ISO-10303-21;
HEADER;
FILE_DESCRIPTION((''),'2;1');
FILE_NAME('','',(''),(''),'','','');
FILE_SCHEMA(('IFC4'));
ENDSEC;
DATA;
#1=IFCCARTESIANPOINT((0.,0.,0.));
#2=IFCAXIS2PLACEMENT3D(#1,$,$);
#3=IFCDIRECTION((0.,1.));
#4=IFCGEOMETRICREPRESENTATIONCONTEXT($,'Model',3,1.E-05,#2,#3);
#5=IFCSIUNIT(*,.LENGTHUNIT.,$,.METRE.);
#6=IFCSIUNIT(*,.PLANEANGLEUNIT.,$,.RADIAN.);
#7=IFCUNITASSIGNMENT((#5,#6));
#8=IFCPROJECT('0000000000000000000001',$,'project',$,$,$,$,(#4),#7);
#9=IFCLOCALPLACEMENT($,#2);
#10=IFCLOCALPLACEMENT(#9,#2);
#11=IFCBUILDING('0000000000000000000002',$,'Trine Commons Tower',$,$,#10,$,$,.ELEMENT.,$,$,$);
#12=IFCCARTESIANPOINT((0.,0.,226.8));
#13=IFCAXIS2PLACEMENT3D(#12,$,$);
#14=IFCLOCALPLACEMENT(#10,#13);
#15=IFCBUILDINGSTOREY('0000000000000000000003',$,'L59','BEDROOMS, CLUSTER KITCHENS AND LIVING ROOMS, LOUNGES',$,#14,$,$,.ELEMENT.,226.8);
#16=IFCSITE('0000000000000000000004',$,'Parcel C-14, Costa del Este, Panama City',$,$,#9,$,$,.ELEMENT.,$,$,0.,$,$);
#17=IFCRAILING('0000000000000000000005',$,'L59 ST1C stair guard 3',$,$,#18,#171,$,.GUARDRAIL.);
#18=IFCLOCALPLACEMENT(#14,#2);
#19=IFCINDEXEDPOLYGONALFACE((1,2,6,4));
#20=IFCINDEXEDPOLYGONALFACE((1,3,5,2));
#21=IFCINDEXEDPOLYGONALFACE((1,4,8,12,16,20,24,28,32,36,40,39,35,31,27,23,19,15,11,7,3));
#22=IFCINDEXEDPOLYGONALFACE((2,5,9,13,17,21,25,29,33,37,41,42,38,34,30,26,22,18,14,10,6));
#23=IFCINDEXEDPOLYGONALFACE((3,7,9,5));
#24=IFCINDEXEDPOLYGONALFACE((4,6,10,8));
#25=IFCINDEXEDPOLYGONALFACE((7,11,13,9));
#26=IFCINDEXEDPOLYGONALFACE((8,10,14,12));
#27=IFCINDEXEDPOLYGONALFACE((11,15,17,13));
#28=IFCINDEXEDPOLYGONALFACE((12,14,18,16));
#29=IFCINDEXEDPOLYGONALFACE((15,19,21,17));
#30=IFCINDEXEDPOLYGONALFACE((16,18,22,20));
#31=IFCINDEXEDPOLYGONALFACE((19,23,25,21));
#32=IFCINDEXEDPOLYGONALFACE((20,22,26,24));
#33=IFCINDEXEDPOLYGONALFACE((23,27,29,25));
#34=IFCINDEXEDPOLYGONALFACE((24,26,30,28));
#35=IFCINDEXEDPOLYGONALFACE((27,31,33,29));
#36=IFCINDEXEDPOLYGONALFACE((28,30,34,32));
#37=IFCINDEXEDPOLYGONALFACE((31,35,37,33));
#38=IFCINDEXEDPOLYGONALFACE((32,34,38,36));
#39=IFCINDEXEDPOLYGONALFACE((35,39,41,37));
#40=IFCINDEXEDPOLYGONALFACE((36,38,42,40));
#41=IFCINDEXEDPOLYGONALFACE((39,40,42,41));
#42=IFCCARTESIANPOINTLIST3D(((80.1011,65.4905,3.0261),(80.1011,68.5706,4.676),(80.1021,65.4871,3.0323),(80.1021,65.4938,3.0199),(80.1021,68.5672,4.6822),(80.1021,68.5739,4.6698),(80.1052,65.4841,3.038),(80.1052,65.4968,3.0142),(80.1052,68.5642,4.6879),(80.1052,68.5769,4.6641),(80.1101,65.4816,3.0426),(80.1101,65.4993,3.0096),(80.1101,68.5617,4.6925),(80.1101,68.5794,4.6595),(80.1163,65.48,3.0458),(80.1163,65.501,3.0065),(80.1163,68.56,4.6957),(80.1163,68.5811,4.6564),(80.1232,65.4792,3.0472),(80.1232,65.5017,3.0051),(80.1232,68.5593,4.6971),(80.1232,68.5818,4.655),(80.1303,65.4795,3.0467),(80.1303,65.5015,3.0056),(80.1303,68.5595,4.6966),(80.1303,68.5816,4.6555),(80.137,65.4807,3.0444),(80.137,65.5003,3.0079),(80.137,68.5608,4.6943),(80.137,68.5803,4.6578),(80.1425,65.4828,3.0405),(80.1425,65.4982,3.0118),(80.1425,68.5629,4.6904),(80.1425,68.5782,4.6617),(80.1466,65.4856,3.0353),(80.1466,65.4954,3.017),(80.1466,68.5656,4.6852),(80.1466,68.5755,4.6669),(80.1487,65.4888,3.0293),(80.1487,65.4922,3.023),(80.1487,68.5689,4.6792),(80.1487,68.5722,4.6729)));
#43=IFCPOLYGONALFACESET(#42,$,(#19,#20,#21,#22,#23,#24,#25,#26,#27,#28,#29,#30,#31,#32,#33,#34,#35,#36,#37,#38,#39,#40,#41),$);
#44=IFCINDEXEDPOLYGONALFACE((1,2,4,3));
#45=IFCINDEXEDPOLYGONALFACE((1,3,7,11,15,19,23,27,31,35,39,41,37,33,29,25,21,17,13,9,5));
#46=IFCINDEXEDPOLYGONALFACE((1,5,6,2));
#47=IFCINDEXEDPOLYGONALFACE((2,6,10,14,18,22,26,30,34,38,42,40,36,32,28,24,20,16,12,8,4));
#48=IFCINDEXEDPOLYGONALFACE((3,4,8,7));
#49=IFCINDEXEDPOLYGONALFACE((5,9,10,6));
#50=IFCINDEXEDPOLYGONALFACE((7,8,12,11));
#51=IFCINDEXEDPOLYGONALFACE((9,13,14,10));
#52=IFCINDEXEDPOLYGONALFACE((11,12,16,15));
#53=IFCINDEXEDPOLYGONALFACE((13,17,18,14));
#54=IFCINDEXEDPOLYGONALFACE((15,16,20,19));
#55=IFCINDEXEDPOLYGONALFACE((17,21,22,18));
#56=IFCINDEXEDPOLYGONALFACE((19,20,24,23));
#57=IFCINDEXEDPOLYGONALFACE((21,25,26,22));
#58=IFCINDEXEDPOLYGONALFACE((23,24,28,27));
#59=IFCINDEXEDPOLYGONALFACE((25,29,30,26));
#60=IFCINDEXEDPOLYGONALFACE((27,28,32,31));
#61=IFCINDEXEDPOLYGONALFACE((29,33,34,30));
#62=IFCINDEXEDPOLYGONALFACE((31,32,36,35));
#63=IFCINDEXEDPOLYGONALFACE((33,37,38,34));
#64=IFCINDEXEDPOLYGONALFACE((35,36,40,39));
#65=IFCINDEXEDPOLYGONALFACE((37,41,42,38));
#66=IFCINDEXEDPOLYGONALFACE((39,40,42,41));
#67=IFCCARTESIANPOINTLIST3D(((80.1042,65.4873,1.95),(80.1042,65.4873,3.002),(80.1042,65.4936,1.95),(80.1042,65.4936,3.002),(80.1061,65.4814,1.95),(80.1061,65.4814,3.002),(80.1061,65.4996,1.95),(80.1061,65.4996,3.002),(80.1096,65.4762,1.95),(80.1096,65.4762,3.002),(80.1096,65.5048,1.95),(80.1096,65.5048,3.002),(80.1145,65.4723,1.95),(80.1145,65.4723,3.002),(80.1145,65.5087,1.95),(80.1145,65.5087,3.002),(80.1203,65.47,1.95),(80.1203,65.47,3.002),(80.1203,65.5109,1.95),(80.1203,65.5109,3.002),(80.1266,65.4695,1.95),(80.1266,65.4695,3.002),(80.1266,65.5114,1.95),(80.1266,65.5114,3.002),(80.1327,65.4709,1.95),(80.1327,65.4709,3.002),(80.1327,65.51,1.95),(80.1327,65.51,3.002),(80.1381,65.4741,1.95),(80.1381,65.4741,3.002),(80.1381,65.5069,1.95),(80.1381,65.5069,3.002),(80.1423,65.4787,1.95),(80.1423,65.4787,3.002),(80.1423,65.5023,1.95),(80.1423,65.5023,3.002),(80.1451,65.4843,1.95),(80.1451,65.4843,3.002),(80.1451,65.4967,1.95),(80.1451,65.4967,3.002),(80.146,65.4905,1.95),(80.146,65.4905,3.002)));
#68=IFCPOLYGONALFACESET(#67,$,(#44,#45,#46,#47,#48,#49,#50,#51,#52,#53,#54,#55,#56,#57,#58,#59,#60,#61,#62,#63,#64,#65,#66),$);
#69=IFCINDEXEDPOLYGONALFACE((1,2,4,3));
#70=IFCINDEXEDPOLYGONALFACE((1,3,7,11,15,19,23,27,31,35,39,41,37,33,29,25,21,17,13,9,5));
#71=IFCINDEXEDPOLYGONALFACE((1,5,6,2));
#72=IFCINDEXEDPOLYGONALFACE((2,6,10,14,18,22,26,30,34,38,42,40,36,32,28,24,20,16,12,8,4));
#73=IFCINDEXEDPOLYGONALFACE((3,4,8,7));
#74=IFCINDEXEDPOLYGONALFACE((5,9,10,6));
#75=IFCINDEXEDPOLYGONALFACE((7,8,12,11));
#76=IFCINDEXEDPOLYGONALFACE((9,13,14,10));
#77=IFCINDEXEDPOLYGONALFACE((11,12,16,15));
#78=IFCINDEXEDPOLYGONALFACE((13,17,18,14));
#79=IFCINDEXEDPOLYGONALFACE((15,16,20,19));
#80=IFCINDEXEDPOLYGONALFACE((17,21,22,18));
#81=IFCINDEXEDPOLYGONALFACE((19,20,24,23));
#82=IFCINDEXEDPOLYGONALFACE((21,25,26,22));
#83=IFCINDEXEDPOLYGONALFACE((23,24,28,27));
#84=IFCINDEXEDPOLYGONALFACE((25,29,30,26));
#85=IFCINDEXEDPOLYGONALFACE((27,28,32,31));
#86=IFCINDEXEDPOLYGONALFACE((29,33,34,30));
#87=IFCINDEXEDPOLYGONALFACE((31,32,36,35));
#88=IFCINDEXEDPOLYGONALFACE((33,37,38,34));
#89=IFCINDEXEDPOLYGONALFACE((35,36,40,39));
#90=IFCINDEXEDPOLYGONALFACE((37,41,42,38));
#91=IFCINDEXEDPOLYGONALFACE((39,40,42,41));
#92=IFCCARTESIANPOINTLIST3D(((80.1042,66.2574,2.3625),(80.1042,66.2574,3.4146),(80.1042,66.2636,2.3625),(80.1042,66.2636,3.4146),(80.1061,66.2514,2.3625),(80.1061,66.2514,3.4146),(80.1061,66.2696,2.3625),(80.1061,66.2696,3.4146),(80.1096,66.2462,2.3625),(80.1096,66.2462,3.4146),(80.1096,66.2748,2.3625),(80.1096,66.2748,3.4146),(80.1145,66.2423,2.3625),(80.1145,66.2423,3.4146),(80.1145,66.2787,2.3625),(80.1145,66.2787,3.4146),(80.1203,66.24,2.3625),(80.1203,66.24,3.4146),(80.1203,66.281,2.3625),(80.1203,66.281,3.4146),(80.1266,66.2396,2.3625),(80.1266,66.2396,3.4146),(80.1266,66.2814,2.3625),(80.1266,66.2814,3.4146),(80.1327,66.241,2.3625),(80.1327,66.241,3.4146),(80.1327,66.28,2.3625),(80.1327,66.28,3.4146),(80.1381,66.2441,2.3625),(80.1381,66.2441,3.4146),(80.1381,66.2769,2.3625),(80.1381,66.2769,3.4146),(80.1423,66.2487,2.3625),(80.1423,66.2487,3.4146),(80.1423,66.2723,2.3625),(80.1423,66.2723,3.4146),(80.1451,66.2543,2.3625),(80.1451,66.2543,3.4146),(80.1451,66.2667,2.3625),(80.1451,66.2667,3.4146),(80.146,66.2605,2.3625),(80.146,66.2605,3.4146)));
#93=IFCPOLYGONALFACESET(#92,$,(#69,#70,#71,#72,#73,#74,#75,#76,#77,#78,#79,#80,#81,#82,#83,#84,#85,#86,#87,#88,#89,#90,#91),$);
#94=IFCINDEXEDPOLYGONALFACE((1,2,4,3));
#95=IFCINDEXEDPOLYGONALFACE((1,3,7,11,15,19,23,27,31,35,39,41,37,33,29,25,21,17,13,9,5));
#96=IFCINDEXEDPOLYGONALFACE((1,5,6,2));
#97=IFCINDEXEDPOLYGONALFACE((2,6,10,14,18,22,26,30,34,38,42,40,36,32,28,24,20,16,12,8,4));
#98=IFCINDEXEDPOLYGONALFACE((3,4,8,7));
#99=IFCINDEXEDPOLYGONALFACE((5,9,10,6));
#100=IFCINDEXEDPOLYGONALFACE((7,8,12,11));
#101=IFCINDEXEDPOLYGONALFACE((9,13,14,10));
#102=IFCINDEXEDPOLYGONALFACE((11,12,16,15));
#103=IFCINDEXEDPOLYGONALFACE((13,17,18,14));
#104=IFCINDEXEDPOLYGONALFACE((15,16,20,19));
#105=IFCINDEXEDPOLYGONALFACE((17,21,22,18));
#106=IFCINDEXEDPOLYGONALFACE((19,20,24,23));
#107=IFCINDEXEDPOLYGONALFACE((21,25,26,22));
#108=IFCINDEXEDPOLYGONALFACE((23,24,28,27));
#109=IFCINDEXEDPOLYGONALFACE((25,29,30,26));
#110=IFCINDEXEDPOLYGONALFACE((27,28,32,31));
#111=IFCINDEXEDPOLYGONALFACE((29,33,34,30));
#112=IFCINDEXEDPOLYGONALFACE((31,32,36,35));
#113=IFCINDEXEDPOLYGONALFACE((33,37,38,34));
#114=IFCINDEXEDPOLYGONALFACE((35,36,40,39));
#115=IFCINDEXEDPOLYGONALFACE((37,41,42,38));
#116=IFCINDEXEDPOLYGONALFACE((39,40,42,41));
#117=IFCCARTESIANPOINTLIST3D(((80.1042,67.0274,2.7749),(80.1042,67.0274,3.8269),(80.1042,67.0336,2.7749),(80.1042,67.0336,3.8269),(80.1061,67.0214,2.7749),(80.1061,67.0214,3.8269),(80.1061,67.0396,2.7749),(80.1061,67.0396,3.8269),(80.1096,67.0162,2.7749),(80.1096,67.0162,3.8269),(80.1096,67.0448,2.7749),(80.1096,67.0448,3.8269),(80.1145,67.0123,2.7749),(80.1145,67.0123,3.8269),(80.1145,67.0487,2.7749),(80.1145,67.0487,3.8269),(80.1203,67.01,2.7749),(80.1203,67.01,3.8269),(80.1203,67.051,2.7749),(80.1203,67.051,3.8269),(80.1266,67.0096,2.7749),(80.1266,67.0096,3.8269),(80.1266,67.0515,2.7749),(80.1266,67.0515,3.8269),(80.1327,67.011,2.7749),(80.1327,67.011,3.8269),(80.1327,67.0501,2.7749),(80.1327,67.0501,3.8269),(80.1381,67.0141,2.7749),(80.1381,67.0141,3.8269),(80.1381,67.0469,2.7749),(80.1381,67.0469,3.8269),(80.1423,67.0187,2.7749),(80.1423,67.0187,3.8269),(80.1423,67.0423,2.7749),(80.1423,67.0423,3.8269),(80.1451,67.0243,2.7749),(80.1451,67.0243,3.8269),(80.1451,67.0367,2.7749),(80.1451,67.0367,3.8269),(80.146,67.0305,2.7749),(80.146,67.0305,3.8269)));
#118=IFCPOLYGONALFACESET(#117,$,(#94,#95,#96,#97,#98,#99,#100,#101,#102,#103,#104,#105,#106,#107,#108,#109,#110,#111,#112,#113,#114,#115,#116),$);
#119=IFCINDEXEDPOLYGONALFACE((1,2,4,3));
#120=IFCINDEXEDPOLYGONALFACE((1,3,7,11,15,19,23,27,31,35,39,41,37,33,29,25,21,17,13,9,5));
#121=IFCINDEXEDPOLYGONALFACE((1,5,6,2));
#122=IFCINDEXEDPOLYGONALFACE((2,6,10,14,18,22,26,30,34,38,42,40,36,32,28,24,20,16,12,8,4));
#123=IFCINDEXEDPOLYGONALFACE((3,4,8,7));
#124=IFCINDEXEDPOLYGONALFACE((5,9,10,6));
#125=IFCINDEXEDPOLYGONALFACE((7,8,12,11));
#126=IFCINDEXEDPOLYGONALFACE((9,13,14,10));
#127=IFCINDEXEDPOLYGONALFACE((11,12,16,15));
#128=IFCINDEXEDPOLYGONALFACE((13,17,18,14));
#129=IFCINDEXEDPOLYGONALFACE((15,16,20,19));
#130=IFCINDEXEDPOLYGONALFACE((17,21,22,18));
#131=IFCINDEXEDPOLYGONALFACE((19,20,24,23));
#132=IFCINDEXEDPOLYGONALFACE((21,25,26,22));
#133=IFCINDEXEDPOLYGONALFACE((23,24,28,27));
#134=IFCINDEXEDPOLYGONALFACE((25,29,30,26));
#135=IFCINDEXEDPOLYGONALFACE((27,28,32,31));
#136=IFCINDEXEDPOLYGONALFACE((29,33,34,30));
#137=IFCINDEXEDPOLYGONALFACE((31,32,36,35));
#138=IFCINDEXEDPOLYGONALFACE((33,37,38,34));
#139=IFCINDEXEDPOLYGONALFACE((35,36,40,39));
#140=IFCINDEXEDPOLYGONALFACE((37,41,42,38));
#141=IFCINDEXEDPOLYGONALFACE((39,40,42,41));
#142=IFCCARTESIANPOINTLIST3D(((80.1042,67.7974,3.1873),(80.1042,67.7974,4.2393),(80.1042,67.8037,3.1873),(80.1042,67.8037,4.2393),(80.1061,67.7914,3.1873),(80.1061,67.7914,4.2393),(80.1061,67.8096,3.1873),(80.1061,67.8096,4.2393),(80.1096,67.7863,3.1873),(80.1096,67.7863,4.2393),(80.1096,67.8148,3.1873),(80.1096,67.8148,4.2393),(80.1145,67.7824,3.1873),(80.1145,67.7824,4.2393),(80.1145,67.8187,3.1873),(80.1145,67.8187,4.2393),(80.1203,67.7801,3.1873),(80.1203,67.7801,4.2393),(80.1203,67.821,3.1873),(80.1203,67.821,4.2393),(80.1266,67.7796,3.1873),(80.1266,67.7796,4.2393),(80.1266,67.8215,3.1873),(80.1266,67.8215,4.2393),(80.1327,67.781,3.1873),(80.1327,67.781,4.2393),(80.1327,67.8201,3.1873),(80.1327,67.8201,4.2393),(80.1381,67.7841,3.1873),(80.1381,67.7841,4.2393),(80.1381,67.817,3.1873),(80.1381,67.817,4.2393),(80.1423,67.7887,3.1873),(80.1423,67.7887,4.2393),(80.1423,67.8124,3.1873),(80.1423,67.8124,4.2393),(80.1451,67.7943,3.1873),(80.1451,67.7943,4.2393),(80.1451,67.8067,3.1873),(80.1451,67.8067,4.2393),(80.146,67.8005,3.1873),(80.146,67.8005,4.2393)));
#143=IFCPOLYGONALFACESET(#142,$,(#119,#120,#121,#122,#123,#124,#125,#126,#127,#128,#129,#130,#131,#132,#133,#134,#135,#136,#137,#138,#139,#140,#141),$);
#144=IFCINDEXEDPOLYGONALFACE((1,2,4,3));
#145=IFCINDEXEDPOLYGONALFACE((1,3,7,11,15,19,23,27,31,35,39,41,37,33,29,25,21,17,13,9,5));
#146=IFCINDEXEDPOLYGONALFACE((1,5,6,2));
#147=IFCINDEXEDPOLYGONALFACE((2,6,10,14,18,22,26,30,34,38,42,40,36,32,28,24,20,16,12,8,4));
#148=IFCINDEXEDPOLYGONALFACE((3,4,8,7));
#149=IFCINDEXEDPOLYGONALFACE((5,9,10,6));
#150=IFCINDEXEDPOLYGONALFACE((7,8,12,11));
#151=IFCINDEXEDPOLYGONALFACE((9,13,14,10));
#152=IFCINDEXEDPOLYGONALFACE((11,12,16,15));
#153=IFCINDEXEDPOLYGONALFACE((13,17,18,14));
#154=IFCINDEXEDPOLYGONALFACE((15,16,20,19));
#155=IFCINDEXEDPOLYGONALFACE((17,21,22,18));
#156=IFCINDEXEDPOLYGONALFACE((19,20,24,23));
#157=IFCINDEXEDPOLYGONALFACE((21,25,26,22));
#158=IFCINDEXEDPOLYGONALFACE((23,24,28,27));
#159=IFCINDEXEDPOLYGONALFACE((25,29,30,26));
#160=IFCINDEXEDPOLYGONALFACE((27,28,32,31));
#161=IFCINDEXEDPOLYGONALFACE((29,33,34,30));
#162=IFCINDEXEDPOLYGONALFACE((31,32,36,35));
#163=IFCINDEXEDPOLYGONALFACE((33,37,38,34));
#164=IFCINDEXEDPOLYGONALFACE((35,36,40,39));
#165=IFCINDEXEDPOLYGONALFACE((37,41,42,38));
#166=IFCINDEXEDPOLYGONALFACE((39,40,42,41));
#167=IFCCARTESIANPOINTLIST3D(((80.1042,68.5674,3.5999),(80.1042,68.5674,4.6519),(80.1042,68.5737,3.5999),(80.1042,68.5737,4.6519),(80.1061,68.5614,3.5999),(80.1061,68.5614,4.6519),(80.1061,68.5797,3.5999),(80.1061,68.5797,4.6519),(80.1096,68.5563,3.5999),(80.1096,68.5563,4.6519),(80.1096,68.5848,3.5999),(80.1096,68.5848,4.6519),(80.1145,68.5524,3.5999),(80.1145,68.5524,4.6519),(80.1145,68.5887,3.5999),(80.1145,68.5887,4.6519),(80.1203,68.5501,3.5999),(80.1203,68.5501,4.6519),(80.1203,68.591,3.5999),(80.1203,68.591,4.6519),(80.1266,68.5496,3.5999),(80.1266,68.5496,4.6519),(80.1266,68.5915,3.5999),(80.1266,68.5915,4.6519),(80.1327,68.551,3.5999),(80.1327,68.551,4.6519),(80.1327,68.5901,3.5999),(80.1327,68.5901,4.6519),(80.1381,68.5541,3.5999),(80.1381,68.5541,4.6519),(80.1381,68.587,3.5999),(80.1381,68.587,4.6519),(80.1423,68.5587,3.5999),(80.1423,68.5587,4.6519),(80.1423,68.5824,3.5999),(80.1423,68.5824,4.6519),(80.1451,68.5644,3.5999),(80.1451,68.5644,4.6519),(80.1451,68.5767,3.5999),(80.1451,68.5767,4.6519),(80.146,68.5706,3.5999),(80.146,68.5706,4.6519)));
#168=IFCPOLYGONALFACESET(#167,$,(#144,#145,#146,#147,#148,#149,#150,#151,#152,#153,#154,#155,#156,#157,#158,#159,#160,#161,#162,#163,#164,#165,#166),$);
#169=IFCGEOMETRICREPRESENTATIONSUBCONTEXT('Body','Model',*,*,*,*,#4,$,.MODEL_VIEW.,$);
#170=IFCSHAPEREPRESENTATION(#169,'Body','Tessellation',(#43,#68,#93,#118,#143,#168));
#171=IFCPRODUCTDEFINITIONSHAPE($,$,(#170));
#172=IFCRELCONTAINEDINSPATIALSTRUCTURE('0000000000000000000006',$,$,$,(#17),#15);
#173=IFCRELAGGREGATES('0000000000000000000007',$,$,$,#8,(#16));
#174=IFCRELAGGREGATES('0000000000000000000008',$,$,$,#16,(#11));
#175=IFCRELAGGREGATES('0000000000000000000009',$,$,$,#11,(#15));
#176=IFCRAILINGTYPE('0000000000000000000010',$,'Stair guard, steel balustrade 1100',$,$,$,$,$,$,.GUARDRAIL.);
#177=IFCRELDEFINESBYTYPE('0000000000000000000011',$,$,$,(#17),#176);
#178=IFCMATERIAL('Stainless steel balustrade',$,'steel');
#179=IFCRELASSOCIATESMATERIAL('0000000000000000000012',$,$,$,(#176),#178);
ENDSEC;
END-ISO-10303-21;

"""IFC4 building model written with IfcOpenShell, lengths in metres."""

from ifc_helpers import new_model, si_unit, direction, frame, origin, origin_2d, place, context, subcontext, project, spatial, circle, extrude, material, type_object, element, save


model = new_model("IFC4")

# Units and contexts
model_context = context("Model", 3, precision=1e-05, world=origin(), true_north=direction((0.0, 1.0)))
body_context = subcontext(model_context, "Body", "Model", "MODEL_VIEW")
ifc_project = project(units=[si_unit("LENGTHUNIT", "METRE"), si_unit("PLANEANGLEUNIT", "RADIAN")], contexts=[model_context])

# Site, building, storey
site_placement = place(None, origin())
site = spatial("IfcSite", under=ifc_project, at=site_placement, Name="Parcel C-14, Costa del Este, Panama City", CompositionType="ELEMENT", RefElevation=0.0)
building_placement = place(site_placement, origin())
building = spatial("IfcBuilding", under=site, at=building_placement, Name="Trine Commons Tower", CompositionType="ELEMENT")
storey_placement = place(building_placement, frame((0.0, 0.0, 226.8)))
storey = spatial("IfcBuildingStorey", under=building, at=storey_placement, Name="L59", Description="BEDROOMS, CLUSTER KITCHENS AND LIVING ROOMS, LOUNGES", CompositionType="ELEMENT", Elevation=226.8)

# Railing
ifc_material_1 = material(Name="Stainless steel balustrade", Category="steel")
railing_type_1 = type_object("IfcRailingType", Name="Stair guard, steel balustrade 1100", PredefinedType="GUARDRAIL", material=ifc_material_1)
railing_1_placement = place(storey_placement, frame((80.125, 65.4905, 1.95)))
element("IfcRailing", 1, at=railing_1_placement, inside=storey, type_object=railing_type_1, Name="L59 ST1C stair guard 3", PredefinedType="GUARDRAIL", context=body_context, shape_type="SweptSolid", body=[
    extrude(circle(Radius=0.0239, at=origin_2d()), frame((0.0, 0.0, 1.0762), z_axis=(0.0, 0.881497, 0.47219), x_axis=(-1.0, 0.0, 0.0)), (0.0, 0.0, 1.0), 3.4941),
    extrude(circle(Radius=0.021, at=origin_2d()), origin(), (0.0, 0.0, 1.0), 1.052),
    extrude(circle(Radius=0.021, at=origin_2d()), frame((0.0, 0.77, 0.4126)), (0.0, 0.0, 1.0), 1.052),
    extrude(circle(Radius=0.021, at=origin_2d()), frame((0.0, 1.54, 0.825)), (0.0, 0.0, 1.0), 1.052),
    extrude(circle(Radius=0.021, at=origin_2d()), frame((0.0, 2.3101, 1.2373)), (0.0, 0.0, 1.0), 1.052),
    extrude(circle(Radius=0.021, at=origin_2d()), frame((0.0, 3.0801, 1.6499)), (0.0, 0.0, 1.0), 1.052),
])

save(model, "model.ifc")
